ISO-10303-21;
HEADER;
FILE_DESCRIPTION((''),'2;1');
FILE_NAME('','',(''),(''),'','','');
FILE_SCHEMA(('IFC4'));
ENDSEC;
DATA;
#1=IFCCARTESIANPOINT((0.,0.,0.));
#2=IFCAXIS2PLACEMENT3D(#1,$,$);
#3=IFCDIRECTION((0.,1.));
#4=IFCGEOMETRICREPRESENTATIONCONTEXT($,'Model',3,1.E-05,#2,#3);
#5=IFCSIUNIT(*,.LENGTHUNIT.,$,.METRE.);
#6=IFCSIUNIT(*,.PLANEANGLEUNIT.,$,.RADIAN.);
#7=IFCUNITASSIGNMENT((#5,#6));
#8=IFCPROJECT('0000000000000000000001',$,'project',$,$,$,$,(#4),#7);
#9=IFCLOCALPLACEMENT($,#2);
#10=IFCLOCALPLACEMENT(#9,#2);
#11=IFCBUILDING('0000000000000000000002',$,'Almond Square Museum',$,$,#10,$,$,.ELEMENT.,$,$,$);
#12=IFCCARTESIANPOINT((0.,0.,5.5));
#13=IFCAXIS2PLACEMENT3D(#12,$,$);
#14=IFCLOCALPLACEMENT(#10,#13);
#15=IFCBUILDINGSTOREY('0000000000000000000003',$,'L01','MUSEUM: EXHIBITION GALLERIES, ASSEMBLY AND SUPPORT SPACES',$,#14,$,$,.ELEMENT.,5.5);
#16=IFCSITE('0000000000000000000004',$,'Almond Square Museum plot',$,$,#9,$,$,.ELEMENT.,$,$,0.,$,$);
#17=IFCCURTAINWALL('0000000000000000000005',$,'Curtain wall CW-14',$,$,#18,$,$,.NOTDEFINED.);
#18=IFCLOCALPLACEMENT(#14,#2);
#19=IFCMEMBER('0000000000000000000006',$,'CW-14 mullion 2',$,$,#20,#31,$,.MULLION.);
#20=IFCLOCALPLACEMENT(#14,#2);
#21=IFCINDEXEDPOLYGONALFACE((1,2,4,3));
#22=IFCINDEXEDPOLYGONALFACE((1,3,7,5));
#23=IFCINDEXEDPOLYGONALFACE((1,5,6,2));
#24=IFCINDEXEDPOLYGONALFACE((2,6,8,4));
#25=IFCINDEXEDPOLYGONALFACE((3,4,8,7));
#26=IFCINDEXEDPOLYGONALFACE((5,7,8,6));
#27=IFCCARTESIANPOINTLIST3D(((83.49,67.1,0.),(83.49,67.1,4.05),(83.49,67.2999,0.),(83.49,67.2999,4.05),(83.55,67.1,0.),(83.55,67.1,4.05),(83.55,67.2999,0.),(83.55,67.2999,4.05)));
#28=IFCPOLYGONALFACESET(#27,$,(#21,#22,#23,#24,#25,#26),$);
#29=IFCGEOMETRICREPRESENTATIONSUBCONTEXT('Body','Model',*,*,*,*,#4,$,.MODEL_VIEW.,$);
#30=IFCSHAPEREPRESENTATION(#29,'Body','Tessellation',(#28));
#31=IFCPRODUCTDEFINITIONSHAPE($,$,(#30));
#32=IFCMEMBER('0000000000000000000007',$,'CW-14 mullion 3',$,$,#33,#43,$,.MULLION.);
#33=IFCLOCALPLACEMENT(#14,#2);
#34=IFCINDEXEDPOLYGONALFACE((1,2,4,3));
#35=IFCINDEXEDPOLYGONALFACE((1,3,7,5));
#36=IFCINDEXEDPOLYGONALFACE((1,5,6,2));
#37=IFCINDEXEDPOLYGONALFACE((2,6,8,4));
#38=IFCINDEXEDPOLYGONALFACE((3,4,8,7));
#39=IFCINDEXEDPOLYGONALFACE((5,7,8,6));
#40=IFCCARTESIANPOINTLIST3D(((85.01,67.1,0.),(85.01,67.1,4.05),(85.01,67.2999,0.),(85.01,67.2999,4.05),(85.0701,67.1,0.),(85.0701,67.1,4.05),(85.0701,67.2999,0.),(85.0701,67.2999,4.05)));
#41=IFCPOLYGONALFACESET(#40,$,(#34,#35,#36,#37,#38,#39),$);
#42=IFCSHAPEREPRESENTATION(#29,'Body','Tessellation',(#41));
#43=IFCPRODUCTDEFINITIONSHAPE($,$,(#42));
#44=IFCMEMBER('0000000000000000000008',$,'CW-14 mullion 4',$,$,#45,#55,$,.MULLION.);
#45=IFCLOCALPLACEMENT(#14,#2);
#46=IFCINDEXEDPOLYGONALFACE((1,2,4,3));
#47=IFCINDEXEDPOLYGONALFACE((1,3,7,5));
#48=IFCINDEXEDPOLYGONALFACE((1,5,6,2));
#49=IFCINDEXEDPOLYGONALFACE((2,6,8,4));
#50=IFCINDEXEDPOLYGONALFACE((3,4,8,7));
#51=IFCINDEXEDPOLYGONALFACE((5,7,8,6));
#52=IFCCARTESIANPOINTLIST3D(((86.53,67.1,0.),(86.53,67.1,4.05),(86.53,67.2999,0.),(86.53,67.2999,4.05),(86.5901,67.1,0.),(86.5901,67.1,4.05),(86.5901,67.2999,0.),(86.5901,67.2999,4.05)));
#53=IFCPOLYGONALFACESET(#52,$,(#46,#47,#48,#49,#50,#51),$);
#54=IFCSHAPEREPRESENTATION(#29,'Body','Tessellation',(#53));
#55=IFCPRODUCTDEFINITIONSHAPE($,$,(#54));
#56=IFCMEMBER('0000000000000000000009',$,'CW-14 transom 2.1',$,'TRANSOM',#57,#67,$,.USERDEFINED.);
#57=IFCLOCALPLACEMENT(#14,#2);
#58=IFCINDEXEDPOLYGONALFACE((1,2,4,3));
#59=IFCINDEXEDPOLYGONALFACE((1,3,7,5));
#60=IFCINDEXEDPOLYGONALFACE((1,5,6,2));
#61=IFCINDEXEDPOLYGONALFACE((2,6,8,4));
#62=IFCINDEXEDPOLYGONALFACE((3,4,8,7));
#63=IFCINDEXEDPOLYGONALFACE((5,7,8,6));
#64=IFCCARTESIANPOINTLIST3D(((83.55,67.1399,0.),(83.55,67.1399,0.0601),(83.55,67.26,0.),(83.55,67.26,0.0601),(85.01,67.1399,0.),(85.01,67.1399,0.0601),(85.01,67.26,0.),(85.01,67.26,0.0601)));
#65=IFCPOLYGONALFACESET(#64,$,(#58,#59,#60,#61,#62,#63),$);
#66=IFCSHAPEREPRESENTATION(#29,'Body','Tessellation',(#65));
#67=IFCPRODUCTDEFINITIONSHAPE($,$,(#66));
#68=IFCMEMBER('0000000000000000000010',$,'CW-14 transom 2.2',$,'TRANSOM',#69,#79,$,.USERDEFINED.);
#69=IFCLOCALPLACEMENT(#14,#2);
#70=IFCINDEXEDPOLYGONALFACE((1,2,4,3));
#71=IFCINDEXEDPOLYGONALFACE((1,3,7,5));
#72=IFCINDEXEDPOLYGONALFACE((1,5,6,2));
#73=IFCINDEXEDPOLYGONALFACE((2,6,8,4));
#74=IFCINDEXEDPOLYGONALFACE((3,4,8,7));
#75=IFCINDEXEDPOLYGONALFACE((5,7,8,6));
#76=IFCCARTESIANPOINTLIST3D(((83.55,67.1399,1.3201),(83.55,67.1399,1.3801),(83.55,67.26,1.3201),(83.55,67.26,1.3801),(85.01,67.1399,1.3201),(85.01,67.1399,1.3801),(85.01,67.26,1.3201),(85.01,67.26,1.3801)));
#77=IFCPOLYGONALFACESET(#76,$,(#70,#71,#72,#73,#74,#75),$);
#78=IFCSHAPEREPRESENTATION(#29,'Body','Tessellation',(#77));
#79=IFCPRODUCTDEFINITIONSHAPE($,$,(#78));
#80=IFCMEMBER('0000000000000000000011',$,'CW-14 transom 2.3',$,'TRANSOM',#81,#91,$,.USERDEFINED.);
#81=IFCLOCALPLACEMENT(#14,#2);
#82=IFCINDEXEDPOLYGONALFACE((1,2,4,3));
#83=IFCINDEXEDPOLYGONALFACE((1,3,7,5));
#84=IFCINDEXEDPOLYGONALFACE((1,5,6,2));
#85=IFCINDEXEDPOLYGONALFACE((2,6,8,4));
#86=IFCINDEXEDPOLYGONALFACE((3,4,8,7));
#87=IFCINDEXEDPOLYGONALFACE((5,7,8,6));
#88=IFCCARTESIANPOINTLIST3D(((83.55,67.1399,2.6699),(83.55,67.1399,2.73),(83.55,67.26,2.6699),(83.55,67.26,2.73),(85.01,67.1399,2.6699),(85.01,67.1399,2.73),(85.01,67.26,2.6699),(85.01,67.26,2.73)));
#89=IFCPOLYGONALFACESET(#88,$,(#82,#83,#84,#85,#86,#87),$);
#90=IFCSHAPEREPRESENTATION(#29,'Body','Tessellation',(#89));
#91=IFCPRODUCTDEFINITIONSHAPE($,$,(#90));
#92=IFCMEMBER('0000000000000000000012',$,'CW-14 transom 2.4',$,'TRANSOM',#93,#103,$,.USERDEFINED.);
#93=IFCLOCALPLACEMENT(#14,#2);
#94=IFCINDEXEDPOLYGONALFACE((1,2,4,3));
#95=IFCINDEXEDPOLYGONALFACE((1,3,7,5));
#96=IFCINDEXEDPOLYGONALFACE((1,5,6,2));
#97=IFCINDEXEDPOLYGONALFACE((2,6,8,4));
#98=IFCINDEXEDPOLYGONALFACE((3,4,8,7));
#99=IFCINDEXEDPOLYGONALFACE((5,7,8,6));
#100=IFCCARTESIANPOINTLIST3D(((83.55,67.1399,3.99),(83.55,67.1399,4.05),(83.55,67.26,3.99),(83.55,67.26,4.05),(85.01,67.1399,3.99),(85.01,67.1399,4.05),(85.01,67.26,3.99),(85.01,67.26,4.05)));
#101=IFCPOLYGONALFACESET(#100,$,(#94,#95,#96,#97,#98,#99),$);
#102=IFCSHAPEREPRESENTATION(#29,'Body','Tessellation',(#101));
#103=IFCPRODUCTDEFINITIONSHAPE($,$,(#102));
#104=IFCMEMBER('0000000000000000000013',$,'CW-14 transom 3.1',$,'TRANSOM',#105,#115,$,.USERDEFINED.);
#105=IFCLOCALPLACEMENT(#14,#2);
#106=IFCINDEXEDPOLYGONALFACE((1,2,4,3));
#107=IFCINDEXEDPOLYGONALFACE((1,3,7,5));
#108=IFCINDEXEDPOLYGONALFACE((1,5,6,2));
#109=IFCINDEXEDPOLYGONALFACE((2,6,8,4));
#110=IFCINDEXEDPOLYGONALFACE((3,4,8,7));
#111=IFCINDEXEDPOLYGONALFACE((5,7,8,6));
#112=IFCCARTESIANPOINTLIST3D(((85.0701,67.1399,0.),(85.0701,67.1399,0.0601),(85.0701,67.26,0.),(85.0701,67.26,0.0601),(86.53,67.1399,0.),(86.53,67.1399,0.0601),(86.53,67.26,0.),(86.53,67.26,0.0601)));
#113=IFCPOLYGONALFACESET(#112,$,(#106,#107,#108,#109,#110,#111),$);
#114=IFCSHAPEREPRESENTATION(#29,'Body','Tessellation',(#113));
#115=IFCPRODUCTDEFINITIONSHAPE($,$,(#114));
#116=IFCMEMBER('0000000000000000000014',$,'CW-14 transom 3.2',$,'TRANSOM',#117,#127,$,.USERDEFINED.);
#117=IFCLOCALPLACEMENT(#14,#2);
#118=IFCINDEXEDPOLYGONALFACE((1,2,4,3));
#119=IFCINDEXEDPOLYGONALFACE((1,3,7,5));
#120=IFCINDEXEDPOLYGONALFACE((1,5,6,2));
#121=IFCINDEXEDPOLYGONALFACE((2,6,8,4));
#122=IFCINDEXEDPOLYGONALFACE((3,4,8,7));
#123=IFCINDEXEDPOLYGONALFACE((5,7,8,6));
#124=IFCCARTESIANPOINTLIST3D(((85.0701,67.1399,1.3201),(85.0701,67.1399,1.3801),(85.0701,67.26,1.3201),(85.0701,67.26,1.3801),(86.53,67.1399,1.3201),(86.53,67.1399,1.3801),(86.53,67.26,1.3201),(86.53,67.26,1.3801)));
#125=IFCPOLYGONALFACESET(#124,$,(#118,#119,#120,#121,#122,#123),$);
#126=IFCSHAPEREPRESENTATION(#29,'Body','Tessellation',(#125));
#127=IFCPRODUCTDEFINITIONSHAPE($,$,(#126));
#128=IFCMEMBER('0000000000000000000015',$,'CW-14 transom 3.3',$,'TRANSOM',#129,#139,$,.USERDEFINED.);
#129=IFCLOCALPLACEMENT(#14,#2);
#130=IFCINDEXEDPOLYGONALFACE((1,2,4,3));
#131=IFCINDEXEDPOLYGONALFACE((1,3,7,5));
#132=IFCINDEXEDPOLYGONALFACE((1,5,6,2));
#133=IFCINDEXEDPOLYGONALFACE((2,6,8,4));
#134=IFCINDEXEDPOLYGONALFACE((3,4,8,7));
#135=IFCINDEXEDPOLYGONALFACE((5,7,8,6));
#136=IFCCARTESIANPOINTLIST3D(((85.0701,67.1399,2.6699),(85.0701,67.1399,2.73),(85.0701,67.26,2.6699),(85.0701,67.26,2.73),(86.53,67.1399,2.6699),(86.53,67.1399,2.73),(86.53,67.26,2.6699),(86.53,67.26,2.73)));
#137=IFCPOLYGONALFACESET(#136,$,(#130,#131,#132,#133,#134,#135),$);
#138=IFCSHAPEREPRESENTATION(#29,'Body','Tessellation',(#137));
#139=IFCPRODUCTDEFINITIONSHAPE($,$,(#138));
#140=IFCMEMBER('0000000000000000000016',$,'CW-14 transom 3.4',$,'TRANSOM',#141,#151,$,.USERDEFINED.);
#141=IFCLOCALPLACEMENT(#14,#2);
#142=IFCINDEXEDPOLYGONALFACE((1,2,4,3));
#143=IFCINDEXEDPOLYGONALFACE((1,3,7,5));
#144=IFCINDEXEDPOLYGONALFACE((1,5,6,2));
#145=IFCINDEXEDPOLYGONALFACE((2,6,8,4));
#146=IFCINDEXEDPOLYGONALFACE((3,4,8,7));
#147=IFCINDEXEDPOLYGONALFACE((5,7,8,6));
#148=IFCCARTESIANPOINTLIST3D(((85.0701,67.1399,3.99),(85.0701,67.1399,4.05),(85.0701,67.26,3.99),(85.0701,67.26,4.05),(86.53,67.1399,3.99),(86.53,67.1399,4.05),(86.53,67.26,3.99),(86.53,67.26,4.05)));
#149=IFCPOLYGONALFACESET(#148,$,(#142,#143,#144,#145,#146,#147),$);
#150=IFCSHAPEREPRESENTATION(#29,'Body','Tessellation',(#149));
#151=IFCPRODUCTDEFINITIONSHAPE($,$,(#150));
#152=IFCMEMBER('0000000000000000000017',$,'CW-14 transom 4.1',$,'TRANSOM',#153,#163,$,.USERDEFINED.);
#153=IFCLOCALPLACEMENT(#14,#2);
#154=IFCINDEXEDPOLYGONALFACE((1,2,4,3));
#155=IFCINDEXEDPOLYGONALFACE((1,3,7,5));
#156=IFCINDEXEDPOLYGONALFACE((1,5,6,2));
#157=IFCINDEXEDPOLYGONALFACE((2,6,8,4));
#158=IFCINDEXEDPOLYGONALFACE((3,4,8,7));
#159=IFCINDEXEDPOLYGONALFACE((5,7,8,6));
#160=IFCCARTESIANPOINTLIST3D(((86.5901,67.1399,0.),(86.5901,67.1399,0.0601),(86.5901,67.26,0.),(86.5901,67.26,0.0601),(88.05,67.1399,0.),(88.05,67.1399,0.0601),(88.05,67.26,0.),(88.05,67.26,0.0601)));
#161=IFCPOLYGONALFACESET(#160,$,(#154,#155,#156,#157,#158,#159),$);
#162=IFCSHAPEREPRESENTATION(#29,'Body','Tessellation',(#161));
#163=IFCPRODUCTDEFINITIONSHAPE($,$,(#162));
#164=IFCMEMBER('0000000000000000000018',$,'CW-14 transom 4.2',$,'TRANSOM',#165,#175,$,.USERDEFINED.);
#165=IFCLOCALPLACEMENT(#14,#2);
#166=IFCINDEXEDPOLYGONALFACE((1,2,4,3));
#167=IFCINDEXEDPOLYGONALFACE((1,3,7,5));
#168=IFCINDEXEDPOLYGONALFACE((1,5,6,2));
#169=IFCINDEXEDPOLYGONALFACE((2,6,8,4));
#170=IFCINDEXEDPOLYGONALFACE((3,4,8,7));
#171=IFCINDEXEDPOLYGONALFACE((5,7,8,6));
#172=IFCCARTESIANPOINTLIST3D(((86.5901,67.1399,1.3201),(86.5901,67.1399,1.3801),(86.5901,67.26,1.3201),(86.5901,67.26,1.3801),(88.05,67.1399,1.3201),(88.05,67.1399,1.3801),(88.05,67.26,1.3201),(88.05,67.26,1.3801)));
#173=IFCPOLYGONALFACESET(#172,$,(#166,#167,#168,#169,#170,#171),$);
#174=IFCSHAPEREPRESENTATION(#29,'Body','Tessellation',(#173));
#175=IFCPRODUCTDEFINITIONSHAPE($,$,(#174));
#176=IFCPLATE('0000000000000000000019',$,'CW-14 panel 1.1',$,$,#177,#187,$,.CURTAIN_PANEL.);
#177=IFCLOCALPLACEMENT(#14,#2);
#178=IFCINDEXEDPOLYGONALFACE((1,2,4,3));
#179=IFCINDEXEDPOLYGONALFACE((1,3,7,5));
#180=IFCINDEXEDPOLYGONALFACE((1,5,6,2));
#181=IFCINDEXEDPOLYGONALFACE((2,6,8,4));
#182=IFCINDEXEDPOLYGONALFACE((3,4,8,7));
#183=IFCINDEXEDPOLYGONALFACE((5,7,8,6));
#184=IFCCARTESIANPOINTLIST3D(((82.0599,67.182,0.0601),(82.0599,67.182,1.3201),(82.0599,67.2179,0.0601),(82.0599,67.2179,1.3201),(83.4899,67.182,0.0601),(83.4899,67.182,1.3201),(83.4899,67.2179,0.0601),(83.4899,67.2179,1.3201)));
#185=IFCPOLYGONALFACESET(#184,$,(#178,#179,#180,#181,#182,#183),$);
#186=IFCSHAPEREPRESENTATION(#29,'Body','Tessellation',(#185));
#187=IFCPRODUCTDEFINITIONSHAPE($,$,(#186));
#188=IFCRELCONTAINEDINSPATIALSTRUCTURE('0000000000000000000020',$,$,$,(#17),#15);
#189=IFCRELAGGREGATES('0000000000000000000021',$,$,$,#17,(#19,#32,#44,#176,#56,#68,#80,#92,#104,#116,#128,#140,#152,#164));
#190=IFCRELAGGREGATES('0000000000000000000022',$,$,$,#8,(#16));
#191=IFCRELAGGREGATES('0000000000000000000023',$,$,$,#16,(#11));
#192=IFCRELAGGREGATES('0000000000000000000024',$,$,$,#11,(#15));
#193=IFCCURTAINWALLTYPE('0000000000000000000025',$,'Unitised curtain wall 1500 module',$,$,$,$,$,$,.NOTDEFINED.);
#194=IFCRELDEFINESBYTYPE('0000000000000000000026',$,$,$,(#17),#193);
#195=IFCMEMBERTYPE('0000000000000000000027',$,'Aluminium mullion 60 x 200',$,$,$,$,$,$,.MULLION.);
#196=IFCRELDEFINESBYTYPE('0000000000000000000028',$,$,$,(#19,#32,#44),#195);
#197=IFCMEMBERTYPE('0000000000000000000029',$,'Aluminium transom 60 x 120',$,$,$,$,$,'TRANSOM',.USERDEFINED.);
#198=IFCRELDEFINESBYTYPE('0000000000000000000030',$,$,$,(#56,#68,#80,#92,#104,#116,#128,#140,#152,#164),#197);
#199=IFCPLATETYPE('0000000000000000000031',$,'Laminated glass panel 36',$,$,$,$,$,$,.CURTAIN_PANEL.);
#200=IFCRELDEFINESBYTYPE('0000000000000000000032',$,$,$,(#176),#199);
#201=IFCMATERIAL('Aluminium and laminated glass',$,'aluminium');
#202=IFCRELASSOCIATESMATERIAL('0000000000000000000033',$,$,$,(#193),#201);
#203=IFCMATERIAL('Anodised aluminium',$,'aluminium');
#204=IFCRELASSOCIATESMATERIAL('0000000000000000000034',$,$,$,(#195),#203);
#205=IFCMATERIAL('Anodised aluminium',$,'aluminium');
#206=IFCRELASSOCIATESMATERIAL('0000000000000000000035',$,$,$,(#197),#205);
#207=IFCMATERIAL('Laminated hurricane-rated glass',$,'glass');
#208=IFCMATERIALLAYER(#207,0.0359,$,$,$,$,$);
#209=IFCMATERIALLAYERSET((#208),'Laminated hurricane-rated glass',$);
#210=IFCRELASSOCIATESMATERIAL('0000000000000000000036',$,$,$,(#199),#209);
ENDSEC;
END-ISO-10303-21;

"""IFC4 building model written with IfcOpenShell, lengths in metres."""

from ifc_helpers import new_model, si_unit, direction, frame, origin, origin_2d, place, context, subcontext, project, spatial, rectangle, extrude, material, layer, layer_set, material_profile, profile_set, type_object, element, aggregate, save


model = new_model("IFC4")

# Units and contexts
model_context = context("Model", 3, precision=1e-05, world=origin(), true_north=direction((0.0, 1.0)))
body_context = subcontext(model_context, "Body", "Model", "MODEL_VIEW")
ifc_project = project(units=[si_unit("LENGTHUNIT", "METRE"), si_unit("PLANEANGLEUNIT", "RADIAN")], contexts=[model_context])

# Site, building, storey
site_placement = place(None, origin())
site = spatial("IfcSite", under=ifc_project, at=site_placement, Name="Almond Square Museum plot", CompositionType="ELEMENT", RefElevation=0.0)
building_placement = place(site_placement, origin())
building = spatial("IfcBuilding", under=site, at=building_placement, Name="Almond Square Museum", CompositionType="ELEMENT")
storey_placement = place(building_placement, frame((0.0, 0.0, 5.5)))
storey = spatial("IfcBuildingStorey", under=building, at=storey_placement, Name="L01", Description="MUSEUM: EXHIBITION GALLERIES, ASSEMBLY AND SUPPORT SPACES", CompositionType="ELEMENT", Elevation=5.5)

# Curtain wall, members, plate
ifc_material_1 = material(Name="Aluminium and laminated glass", Category="aluminium")
curtain_wall_type = type_object("IfcCurtainWallType", Name="Unitised curtain wall 1500 module", PredefinedType="NOTDEFINED", material=ifc_material_1)
curtain_wall_placement = place(storey_placement, origin())
curtain_wall = element("IfcCurtainWall", 1, at=curtain_wall_placement, inside=storey, type_object=curtain_wall_type, Name="Curtain wall CW-14", PredefinedType="NOTDEFINED")
ifc_material_2 = material(Name="Anodised aluminium", Category="aluminium")
ifc_material_profile_1 = material_profile(ifc_material_2, rectangle(XDim=0.2, YDim=0.0601, at=origin_2d()))
ifc_profile_set_1 = profile_set([ifc_material_profile_1], Name="Anodised aluminium")
member_type_1 = type_object("IfcMemberType", Name="Aluminium mullion 60 x 200", PredefinedType="MULLION", material=ifc_profile_set_1)
member_1_placement = place(storey_placement, frame((83.52, 67.2, 0.0), z_axis=(0.0, 0.0, 1.0), x_axis=(0.0, 1.0, 0.0)))
member_1 = element("IfcMember", 2, at=member_1_placement, type_object=member_type_1, Name="CW-14 mullion 2", PredefinedType="MULLION", context=body_context, shape_type="SweptSolid", body=[
    extrude(rectangle(XDim=0.2, YDim=0.0601, at=origin_2d()), origin(), (0.0, 0.0, 1.0), 4.05),
])
member_2_placement = place(storey_placement, frame((85.04, 67.2, 0.0), z_axis=(0.0, 0.0, 1.0), x_axis=(0.0, 1.0, 0.0)))
member_2 = element("IfcMember", 3, at=member_2_placement, type_object=member_type_1, Name="CW-14 mullion 3", PredefinedType="MULLION", context=body_context, shape_type="SweptSolid", body=[
    extrude(rectangle(XDim=0.2, YDim=0.0601, at=origin_2d()), origin(), (0.0, 0.0, 1.0), 4.05),
])
member_3_placement = place(storey_placement, frame((86.5601, 67.2, 0.0), z_axis=(0.0, 0.0, 1.0), x_axis=(0.0, 1.0, 0.0)))
member_3 = element("IfcMember", 4, at=member_3_placement, type_object=member_type_1, Name="CW-14 mullion 4", PredefinedType="MULLION", context=body_context, shape_type="SweptSolid", body=[
    extrude(rectangle(XDim=0.2, YDim=0.0601, at=origin_2d()), origin(), (0.0, 0.0, 1.0), 4.05),
])
ifc_material_3 = material(Name="Anodised aluminium", Category="aluminium")
ifc_material_profile_2 = material_profile(ifc_material_3, rectangle(XDim=0.1201, YDim=0.0601, at=origin_2d()))
ifc_profile_set_2 = profile_set([ifc_material_profile_2], Name="Anodised aluminium")
member_type_2 = type_object("IfcMemberType", Name="Aluminium transom 60 x 120", ElementType="TRANSOM", PredefinedType="USERDEFINED", material=ifc_profile_set_2)
member_4_placement = place(storey_placement, frame((83.55, 67.2, 0.03), z_axis=(1.0, 0.0, 0.0), x_axis=(0.0, 1.0, 0.0)))
member_4 = element("IfcMember", 5, at=member_4_placement, type_object=member_type_2, Name="CW-14 transom 2.1", ObjectType="TRANSOM", PredefinedType="USERDEFINED", context=body_context, shape_type="SweptSolid", body=[
    extrude(rectangle(XDim=0.1201, YDim=0.0601, at=origin_2d()), origin(), (0.0, 0.0, 1.0), 1.46),
])
member_5_placement = place(storey_placement, frame((83.55, 67.2, 1.3501), z_axis=(1.0, 0.0, 0.0), x_axis=(0.0, 1.0, 0.0)))
member_5 = element("IfcMember", 6, at=member_5_placement, type_object=member_type_2, Name="CW-14 transom 2.2", ObjectType="TRANSOM", PredefinedType="USERDEFINED", context=body_context, shape_type="SweptSolid", body=[
    extrude(rectangle(XDim=0.1201, YDim=0.0601, at=origin_2d()), origin(), (0.0, 0.0, 1.0), 1.46),
])
member_6_placement = place(storey_placement, frame((83.55, 67.2, 2.7), z_axis=(1.0, 0.0, 0.0), x_axis=(0.0, 1.0, 0.0)))
member_6 = element("IfcMember", 7, at=member_6_placement, type_object=member_type_2, Name="CW-14 transom 2.3", ObjectType="TRANSOM", PredefinedType="USERDEFINED", context=body_context, shape_type="SweptSolid", body=[
    extrude(rectangle(XDim=0.1201, YDim=0.0601, at=origin_2d()), origin(), (0.0, 0.0, 1.0), 1.46),
])
member_7_placement = place(storey_placement, frame((83.55, 67.2, 4.02), z_axis=(1.0, 0.0, 0.0), x_axis=(0.0, 1.0, 0.0)))
member_7 = element("IfcMember", 8, at=member_7_placement, type_object=member_type_2, Name="CW-14 transom 2.4", ObjectType="TRANSOM", PredefinedType="USERDEFINED", context=body_context, shape_type="SweptSolid", body=[
    extrude(rectangle(XDim=0.1201, YDim=0.0601, at=origin_2d()), origin(), (0.0, 0.0, 1.0), 1.46),
])
member_8_placement = place(storey_placement, frame((85.0701, 67.2, 0.03), z_axis=(1.0, 0.0, 0.0), x_axis=(0.0, 1.0, 0.0)))
member_8 = element("IfcMember", 9, at=member_8_placement, type_object=member_type_2, Name="CW-14 transom 3.1", ObjectType="TRANSOM", PredefinedType="USERDEFINED", context=body_context, shape_type="SweptSolid", body=[
    extrude(rectangle(XDim=0.1201, YDim=0.0601, at=origin_2d()), origin(), (0.0, 0.0, 1.0), 1.46),
])
member_9_placement = place(storey_placement, frame((85.0701, 67.2, 1.3501), z_axis=(1.0, 0.0, 0.0), x_axis=(0.0, 1.0, 0.0)))
member_9 = element("IfcMember", 10, at=member_9_placement, type_object=member_type_2, Name="CW-14 transom 3.2", ObjectType="TRANSOM", PredefinedType="USERDEFINED", context=body_context, shape_type="SweptSolid", body=[
    extrude(rectangle(XDim=0.1201, YDim=0.0601, at=origin_2d()), origin(), (0.0, 0.0, 1.0), 1.46),
])
member_10_placement = place(storey_placement, frame((85.0701, 67.2, 2.7), z_axis=(1.0, 0.0, 0.0), x_axis=(0.0, 1.0, 0.0)))
member_10 = element("IfcMember", 11, at=member_10_placement, type_object=member_type_2, Name="CW-14 transom 3.3", ObjectType="TRANSOM", PredefinedType="USERDEFINED", context=body_context, shape_type="SweptSolid", body=[
    extrude(rectangle(XDim=0.1201, YDim=0.0601, at=origin_2d()), origin(), (0.0, 0.0, 1.0), 1.46),
])
member_11_placement = place(storey_placement, frame((85.0701, 67.2, 4.02), z_axis=(1.0, 0.0, 0.0), x_axis=(0.0, 1.0, 0.0)))
member_11 = element("IfcMember", 12, at=member_11_placement, type_object=member_type_2, Name="CW-14 transom 3.4", ObjectType="TRANSOM", PredefinedType="USERDEFINED", context=body_context, shape_type="SweptSolid", body=[
    extrude(rectangle(XDim=0.1201, YDim=0.0601, at=origin_2d()), origin(), (0.0, 0.0, 1.0), 1.46),
])
member_12_placement = place(storey_placement, frame((86.5901, 67.2, 0.03), z_axis=(1.0, 0.0, 0.0), x_axis=(0.0, 1.0, 0.0)))
member_12 = element("IfcMember", 13, at=member_12_placement, type_object=member_type_2, Name="CW-14 transom 4.1", ObjectType="TRANSOM", PredefinedType="USERDEFINED", context=body_context, shape_type="SweptSolid", body=[
    extrude(rectangle(XDim=0.1201, YDim=0.0601, at=origin_2d()), origin(), (0.0, 0.0, 1.0), 1.46),
])
member_13_placement = place(storey_placement, frame((86.5901, 67.2, 1.3501), z_axis=(1.0, 0.0, 0.0), x_axis=(0.0, 1.0, 0.0)))
member_13 = element("IfcMember", 14, at=member_13_placement, type_object=member_type_2, Name="CW-14 transom 4.2", ObjectType="TRANSOM", PredefinedType="USERDEFINED", context=body_context, shape_type="SweptSolid", body=[
    extrude(rectangle(XDim=0.1201, YDim=0.0601, at=origin_2d()), origin(), (0.0, 0.0, 1.0), 1.46),
])
ifc_material_4 = material(Name="Laminated hurricane-rated glass", Category="glass")
ifc_layer = layer(ifc_material_4, 0.0359)
ifc_layer_set = layer_set([ifc_layer], Name="Laminated hurricane-rated glass")
plate_type = type_object("IfcPlateType", Name="Laminated glass panel 36", PredefinedType="CURTAIN_PANEL", material=ifc_layer_set)
plate_1_placement = place(storey_placement, frame((82.7749, 67.2, 0.0601), z_axis=(0.0, 0.0, 1.0), x_axis=(1.0, 0.0, 0.0)))
plate_1 = element("IfcPlate", 15, at=plate_1_placement, type_object=plate_type, Name="CW-14 panel 1.1", PredefinedType="CURTAIN_PANEL", context=body_context, shape_type="SweptSolid", body=[
    extrude(rectangle(XDim=1.4299, YDim=0.0359, at=origin_2d()), origin(), (0.0, 0.0, 1.0), 1.26),
])
aggregate(curtain_wall, [member_1, member_2, member_3, plate_1, member_4, member_5, member_6, member_7, member_8, member_9, member_10, member_11, member_12, member_13])

save(model, "model.ifc")
